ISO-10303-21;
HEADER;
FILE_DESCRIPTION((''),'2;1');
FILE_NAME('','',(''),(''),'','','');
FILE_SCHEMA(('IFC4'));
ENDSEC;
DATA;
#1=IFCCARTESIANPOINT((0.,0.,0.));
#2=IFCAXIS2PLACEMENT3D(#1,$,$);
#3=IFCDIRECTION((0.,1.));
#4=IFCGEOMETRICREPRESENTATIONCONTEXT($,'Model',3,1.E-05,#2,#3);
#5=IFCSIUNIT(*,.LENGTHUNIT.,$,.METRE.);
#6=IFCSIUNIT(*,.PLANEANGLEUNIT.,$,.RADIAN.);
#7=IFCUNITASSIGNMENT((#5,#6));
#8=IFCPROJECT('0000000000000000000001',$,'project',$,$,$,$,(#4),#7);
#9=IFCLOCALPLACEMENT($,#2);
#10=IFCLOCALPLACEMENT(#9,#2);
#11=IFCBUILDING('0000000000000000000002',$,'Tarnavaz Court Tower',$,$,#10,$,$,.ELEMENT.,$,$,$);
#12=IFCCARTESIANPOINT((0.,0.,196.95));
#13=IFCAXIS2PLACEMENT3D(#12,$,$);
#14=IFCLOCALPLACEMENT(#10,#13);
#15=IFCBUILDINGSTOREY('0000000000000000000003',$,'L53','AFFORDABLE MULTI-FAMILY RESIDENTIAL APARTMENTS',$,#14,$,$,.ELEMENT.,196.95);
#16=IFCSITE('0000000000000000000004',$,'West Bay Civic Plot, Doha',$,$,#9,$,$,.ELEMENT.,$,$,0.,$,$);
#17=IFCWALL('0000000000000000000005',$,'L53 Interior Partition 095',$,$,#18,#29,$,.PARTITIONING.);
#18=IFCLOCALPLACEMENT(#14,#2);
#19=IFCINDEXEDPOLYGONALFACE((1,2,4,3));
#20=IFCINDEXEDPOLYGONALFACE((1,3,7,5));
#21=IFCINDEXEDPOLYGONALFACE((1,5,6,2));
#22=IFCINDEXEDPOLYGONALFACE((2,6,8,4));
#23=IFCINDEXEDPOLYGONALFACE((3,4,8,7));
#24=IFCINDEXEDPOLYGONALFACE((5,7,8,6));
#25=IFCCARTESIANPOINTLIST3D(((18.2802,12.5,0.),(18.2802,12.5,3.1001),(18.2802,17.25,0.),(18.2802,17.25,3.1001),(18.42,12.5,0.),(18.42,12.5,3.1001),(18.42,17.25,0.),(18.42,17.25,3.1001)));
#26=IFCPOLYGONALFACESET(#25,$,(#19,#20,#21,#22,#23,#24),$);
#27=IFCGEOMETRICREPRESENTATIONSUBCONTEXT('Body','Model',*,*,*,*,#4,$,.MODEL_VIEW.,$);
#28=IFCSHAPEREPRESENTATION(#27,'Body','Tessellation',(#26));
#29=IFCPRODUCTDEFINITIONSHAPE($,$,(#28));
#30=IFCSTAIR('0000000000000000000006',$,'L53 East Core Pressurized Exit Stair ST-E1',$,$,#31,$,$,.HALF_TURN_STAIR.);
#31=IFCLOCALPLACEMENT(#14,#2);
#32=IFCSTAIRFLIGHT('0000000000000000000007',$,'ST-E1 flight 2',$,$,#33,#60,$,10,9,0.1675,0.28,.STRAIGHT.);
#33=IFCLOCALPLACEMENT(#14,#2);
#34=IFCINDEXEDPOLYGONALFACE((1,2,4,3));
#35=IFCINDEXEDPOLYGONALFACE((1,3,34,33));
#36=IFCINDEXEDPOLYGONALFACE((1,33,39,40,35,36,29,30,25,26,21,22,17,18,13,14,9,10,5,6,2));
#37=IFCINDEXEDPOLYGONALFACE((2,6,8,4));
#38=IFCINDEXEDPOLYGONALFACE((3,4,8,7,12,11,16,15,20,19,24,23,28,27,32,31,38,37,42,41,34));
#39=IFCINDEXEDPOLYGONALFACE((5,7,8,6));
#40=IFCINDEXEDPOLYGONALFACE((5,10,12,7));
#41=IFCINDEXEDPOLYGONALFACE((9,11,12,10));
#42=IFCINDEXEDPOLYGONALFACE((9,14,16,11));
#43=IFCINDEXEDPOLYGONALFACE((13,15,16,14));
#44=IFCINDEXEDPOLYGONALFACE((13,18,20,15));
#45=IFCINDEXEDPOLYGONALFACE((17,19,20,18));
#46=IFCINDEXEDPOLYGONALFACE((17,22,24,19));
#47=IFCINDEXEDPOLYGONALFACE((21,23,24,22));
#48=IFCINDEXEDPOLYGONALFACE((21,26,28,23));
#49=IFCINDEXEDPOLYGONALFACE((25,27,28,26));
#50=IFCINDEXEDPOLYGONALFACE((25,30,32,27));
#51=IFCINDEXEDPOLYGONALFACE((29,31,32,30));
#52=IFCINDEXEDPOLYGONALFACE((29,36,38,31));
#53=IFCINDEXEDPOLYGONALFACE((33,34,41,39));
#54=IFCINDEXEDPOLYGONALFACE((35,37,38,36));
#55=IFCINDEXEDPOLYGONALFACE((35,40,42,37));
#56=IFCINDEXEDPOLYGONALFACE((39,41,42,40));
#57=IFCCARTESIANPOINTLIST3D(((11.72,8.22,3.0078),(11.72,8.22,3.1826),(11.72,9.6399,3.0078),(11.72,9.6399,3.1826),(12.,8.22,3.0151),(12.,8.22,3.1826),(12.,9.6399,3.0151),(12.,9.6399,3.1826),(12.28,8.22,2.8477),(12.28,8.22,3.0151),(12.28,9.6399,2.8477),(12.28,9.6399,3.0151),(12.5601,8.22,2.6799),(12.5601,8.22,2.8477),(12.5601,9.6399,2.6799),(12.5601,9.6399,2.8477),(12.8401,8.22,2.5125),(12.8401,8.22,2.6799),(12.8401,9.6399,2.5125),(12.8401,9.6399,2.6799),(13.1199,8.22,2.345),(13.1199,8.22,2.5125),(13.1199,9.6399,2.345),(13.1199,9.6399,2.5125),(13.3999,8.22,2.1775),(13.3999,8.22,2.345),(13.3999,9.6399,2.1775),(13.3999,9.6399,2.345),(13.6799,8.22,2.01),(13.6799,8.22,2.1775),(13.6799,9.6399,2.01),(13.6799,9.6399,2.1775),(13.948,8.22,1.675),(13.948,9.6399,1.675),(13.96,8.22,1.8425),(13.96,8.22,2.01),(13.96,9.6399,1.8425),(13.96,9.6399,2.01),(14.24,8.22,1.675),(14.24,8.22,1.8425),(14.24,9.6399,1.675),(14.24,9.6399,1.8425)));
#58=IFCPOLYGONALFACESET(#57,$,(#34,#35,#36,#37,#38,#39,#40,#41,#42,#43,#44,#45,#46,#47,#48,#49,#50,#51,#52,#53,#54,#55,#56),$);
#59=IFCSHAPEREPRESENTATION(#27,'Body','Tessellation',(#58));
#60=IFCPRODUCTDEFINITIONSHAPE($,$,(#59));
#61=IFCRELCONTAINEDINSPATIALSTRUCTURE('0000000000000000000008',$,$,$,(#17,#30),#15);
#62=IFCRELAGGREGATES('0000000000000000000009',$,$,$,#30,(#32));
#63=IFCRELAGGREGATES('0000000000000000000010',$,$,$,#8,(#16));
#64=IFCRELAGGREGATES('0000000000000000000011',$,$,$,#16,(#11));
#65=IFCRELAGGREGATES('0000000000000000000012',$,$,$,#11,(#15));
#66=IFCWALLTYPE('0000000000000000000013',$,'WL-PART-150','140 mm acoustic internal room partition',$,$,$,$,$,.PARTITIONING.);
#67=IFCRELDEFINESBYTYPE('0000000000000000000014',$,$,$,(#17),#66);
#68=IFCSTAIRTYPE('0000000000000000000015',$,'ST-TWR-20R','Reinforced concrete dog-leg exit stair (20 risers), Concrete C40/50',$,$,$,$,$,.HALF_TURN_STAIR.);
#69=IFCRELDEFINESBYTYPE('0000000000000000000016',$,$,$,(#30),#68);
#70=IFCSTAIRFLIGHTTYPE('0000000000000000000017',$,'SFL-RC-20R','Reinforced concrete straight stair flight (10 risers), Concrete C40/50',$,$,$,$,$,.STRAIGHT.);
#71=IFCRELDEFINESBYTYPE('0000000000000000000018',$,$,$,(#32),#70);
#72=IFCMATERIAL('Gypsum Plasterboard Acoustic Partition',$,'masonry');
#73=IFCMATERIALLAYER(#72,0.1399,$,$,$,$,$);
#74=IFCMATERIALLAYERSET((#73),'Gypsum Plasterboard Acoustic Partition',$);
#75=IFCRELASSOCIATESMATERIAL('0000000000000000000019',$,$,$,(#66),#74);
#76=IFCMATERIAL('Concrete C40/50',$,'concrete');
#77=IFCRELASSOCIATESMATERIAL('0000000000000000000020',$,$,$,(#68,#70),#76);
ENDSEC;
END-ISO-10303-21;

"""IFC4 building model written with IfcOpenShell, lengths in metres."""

from ifc_helpers import new_model, si_unit, direction, frame, frame_2d, origin, place, context, subcontext, project, spatial, polyline, rectangle, outline, extrude, material, layer, layer_set, type_object, element, aggregate, save


model = new_model("IFC4")

# Units and contexts
model_context = context("Model", 3, precision=1e-05, world=origin(), true_north=direction((0.0, 1.0)))
body_context = subcontext(model_context, "Body", "Model", "MODEL_VIEW")
ifc_project = project(units=[si_unit("LENGTHUNIT", "METRE"), si_unit("PLANEANGLEUNIT", "RADIAN")], contexts=[model_context])

# Site, building, storey
site_placement = place(None, origin())
site = spatial("IfcSite", under=ifc_project, at=site_placement, Name="West Bay Civic Plot, Doha", CompositionType="ELEMENT", RefElevation=0.0)
building_placement = place(site_placement, origin())
building = spatial("IfcBuilding", under=site, at=building_placement, Name="Tarnavaz Court Tower", CompositionType="ELEMENT")
storey_placement = place(building_placement, frame((0.0, 0.0, 196.95)))
storey = spatial("IfcBuildingStorey", under=building, at=storey_placement, Name="L53", Description="AFFORDABLE MULTI-FAMILY RESIDENTIAL APARTMENTS", CompositionType="ELEMENT", Elevation=196.95)

# Wall
ifc_material_1 = material(Name="Gypsum Plasterboard Acoustic Partition", Category="masonry")
ifc_layer_1 = layer(ifc_material_1, 0.1399)
ifc_layer_set_1 = layer_set([ifc_layer_1], Name="Gypsum Plasterboard Acoustic Partition")
wall_type_1 = type_object("IfcWallType", Name="WL-PART-150", Description="140 mm acoustic internal room partition", PredefinedType="PARTITIONING", material=ifc_layer_set_1)
wall_1_placement = place(storey_placement, frame((18.3501, 12.5, 0.0), z_axis=(0.0, 0.0, 1.0), x_axis=(0.0, 1.0, 0.0)))
element("IfcWall", 1, at=wall_1_placement, inside=storey, type_object=wall_type_1, Name="L53 Interior Partition 095", PredefinedType="PARTITIONING", context=body_context, shape_type="SweptSolid", body=[
    extrude(rectangle(XDim=4.75, YDim=0.1399, at=frame_2d((2.375, 0.0))), origin(), (0.0, 0.0, 1.0), 3.1001),
])

# Stair, stair flight
ifc_material_2 = material(Name="Concrete C40/50", Category="concrete")
stair_type = type_object("IfcStairType", Name="ST-TWR-20R", Description="Reinforced concrete dog-leg exit stair (20 risers), Concrete C40/50", PredefinedType="HALF_TURN_STAIR", material=ifc_material_2)
stair_placement = place(storey_placement, origin())
stair = element("IfcStair", 2, at=stair_placement, inside=storey, type_object=stair_type, Name="L53 East Core Pressurized Exit Stair ST-E1", PredefinedType="HALF_TURN_STAIR")
stair_flight_type = type_object("IfcStairFlightType", Name="SFL-RC-20R", Description="Reinforced concrete straight stair flight (10 risers), Concrete C40/50", PredefinedType="STRAIGHT", material=ifc_material_2)
stair_flight_placement = place(storey_placement, frame((14.24, 8.9299, 1.675), z_axis=(0.0, 0.0, 1.0), x_axis=(-1.0, 0.0, 0.0)))
stair_flight = element("IfcStairFlight", 3, at=stair_flight_placement, type_object=stair_flight_type, Name="ST-E1 flight 2", NumberOfRisers=10, NumberOfTreads=9, PredefinedType="STRAIGHT", RiserHeight=0.1675, TreadLength=0.28, context=body_context, shape_type="SweptSolid", body=[
    extrude(outline(polyline([(0.0, 0.0), (0.0, 0.1675), (0.28, 0.1675), (0.28, 0.335), (0.5601, 0.335), (0.5601, 0.5024), (0.8401, 0.5024), (0.8401, 0.6699), (1.1201, 0.6699), (1.1201, 0.8374), (1.3999, 0.8374), (1.3999, 1.0049), (1.6799, 1.0049), (1.6799, 1.1726), (1.96, 1.1726), (1.96, 1.3401), (2.24, 1.3401), (2.24, 1.5076), (2.52, 1.5076), (2.52, 1.675), (2.52, 1.3328), (0.292, 0.0), (0.0, 0.0)])), frame((0.0, 0.71, 0.0), z_axis=(0.0, -1.0, 0.0), x_axis=(1.0, 0.0, 0.0)), (0.0, 0.0, 1.0), 1.4199),
])
aggregate(stair, [stair_flight])

save(model, "model.ifc")
